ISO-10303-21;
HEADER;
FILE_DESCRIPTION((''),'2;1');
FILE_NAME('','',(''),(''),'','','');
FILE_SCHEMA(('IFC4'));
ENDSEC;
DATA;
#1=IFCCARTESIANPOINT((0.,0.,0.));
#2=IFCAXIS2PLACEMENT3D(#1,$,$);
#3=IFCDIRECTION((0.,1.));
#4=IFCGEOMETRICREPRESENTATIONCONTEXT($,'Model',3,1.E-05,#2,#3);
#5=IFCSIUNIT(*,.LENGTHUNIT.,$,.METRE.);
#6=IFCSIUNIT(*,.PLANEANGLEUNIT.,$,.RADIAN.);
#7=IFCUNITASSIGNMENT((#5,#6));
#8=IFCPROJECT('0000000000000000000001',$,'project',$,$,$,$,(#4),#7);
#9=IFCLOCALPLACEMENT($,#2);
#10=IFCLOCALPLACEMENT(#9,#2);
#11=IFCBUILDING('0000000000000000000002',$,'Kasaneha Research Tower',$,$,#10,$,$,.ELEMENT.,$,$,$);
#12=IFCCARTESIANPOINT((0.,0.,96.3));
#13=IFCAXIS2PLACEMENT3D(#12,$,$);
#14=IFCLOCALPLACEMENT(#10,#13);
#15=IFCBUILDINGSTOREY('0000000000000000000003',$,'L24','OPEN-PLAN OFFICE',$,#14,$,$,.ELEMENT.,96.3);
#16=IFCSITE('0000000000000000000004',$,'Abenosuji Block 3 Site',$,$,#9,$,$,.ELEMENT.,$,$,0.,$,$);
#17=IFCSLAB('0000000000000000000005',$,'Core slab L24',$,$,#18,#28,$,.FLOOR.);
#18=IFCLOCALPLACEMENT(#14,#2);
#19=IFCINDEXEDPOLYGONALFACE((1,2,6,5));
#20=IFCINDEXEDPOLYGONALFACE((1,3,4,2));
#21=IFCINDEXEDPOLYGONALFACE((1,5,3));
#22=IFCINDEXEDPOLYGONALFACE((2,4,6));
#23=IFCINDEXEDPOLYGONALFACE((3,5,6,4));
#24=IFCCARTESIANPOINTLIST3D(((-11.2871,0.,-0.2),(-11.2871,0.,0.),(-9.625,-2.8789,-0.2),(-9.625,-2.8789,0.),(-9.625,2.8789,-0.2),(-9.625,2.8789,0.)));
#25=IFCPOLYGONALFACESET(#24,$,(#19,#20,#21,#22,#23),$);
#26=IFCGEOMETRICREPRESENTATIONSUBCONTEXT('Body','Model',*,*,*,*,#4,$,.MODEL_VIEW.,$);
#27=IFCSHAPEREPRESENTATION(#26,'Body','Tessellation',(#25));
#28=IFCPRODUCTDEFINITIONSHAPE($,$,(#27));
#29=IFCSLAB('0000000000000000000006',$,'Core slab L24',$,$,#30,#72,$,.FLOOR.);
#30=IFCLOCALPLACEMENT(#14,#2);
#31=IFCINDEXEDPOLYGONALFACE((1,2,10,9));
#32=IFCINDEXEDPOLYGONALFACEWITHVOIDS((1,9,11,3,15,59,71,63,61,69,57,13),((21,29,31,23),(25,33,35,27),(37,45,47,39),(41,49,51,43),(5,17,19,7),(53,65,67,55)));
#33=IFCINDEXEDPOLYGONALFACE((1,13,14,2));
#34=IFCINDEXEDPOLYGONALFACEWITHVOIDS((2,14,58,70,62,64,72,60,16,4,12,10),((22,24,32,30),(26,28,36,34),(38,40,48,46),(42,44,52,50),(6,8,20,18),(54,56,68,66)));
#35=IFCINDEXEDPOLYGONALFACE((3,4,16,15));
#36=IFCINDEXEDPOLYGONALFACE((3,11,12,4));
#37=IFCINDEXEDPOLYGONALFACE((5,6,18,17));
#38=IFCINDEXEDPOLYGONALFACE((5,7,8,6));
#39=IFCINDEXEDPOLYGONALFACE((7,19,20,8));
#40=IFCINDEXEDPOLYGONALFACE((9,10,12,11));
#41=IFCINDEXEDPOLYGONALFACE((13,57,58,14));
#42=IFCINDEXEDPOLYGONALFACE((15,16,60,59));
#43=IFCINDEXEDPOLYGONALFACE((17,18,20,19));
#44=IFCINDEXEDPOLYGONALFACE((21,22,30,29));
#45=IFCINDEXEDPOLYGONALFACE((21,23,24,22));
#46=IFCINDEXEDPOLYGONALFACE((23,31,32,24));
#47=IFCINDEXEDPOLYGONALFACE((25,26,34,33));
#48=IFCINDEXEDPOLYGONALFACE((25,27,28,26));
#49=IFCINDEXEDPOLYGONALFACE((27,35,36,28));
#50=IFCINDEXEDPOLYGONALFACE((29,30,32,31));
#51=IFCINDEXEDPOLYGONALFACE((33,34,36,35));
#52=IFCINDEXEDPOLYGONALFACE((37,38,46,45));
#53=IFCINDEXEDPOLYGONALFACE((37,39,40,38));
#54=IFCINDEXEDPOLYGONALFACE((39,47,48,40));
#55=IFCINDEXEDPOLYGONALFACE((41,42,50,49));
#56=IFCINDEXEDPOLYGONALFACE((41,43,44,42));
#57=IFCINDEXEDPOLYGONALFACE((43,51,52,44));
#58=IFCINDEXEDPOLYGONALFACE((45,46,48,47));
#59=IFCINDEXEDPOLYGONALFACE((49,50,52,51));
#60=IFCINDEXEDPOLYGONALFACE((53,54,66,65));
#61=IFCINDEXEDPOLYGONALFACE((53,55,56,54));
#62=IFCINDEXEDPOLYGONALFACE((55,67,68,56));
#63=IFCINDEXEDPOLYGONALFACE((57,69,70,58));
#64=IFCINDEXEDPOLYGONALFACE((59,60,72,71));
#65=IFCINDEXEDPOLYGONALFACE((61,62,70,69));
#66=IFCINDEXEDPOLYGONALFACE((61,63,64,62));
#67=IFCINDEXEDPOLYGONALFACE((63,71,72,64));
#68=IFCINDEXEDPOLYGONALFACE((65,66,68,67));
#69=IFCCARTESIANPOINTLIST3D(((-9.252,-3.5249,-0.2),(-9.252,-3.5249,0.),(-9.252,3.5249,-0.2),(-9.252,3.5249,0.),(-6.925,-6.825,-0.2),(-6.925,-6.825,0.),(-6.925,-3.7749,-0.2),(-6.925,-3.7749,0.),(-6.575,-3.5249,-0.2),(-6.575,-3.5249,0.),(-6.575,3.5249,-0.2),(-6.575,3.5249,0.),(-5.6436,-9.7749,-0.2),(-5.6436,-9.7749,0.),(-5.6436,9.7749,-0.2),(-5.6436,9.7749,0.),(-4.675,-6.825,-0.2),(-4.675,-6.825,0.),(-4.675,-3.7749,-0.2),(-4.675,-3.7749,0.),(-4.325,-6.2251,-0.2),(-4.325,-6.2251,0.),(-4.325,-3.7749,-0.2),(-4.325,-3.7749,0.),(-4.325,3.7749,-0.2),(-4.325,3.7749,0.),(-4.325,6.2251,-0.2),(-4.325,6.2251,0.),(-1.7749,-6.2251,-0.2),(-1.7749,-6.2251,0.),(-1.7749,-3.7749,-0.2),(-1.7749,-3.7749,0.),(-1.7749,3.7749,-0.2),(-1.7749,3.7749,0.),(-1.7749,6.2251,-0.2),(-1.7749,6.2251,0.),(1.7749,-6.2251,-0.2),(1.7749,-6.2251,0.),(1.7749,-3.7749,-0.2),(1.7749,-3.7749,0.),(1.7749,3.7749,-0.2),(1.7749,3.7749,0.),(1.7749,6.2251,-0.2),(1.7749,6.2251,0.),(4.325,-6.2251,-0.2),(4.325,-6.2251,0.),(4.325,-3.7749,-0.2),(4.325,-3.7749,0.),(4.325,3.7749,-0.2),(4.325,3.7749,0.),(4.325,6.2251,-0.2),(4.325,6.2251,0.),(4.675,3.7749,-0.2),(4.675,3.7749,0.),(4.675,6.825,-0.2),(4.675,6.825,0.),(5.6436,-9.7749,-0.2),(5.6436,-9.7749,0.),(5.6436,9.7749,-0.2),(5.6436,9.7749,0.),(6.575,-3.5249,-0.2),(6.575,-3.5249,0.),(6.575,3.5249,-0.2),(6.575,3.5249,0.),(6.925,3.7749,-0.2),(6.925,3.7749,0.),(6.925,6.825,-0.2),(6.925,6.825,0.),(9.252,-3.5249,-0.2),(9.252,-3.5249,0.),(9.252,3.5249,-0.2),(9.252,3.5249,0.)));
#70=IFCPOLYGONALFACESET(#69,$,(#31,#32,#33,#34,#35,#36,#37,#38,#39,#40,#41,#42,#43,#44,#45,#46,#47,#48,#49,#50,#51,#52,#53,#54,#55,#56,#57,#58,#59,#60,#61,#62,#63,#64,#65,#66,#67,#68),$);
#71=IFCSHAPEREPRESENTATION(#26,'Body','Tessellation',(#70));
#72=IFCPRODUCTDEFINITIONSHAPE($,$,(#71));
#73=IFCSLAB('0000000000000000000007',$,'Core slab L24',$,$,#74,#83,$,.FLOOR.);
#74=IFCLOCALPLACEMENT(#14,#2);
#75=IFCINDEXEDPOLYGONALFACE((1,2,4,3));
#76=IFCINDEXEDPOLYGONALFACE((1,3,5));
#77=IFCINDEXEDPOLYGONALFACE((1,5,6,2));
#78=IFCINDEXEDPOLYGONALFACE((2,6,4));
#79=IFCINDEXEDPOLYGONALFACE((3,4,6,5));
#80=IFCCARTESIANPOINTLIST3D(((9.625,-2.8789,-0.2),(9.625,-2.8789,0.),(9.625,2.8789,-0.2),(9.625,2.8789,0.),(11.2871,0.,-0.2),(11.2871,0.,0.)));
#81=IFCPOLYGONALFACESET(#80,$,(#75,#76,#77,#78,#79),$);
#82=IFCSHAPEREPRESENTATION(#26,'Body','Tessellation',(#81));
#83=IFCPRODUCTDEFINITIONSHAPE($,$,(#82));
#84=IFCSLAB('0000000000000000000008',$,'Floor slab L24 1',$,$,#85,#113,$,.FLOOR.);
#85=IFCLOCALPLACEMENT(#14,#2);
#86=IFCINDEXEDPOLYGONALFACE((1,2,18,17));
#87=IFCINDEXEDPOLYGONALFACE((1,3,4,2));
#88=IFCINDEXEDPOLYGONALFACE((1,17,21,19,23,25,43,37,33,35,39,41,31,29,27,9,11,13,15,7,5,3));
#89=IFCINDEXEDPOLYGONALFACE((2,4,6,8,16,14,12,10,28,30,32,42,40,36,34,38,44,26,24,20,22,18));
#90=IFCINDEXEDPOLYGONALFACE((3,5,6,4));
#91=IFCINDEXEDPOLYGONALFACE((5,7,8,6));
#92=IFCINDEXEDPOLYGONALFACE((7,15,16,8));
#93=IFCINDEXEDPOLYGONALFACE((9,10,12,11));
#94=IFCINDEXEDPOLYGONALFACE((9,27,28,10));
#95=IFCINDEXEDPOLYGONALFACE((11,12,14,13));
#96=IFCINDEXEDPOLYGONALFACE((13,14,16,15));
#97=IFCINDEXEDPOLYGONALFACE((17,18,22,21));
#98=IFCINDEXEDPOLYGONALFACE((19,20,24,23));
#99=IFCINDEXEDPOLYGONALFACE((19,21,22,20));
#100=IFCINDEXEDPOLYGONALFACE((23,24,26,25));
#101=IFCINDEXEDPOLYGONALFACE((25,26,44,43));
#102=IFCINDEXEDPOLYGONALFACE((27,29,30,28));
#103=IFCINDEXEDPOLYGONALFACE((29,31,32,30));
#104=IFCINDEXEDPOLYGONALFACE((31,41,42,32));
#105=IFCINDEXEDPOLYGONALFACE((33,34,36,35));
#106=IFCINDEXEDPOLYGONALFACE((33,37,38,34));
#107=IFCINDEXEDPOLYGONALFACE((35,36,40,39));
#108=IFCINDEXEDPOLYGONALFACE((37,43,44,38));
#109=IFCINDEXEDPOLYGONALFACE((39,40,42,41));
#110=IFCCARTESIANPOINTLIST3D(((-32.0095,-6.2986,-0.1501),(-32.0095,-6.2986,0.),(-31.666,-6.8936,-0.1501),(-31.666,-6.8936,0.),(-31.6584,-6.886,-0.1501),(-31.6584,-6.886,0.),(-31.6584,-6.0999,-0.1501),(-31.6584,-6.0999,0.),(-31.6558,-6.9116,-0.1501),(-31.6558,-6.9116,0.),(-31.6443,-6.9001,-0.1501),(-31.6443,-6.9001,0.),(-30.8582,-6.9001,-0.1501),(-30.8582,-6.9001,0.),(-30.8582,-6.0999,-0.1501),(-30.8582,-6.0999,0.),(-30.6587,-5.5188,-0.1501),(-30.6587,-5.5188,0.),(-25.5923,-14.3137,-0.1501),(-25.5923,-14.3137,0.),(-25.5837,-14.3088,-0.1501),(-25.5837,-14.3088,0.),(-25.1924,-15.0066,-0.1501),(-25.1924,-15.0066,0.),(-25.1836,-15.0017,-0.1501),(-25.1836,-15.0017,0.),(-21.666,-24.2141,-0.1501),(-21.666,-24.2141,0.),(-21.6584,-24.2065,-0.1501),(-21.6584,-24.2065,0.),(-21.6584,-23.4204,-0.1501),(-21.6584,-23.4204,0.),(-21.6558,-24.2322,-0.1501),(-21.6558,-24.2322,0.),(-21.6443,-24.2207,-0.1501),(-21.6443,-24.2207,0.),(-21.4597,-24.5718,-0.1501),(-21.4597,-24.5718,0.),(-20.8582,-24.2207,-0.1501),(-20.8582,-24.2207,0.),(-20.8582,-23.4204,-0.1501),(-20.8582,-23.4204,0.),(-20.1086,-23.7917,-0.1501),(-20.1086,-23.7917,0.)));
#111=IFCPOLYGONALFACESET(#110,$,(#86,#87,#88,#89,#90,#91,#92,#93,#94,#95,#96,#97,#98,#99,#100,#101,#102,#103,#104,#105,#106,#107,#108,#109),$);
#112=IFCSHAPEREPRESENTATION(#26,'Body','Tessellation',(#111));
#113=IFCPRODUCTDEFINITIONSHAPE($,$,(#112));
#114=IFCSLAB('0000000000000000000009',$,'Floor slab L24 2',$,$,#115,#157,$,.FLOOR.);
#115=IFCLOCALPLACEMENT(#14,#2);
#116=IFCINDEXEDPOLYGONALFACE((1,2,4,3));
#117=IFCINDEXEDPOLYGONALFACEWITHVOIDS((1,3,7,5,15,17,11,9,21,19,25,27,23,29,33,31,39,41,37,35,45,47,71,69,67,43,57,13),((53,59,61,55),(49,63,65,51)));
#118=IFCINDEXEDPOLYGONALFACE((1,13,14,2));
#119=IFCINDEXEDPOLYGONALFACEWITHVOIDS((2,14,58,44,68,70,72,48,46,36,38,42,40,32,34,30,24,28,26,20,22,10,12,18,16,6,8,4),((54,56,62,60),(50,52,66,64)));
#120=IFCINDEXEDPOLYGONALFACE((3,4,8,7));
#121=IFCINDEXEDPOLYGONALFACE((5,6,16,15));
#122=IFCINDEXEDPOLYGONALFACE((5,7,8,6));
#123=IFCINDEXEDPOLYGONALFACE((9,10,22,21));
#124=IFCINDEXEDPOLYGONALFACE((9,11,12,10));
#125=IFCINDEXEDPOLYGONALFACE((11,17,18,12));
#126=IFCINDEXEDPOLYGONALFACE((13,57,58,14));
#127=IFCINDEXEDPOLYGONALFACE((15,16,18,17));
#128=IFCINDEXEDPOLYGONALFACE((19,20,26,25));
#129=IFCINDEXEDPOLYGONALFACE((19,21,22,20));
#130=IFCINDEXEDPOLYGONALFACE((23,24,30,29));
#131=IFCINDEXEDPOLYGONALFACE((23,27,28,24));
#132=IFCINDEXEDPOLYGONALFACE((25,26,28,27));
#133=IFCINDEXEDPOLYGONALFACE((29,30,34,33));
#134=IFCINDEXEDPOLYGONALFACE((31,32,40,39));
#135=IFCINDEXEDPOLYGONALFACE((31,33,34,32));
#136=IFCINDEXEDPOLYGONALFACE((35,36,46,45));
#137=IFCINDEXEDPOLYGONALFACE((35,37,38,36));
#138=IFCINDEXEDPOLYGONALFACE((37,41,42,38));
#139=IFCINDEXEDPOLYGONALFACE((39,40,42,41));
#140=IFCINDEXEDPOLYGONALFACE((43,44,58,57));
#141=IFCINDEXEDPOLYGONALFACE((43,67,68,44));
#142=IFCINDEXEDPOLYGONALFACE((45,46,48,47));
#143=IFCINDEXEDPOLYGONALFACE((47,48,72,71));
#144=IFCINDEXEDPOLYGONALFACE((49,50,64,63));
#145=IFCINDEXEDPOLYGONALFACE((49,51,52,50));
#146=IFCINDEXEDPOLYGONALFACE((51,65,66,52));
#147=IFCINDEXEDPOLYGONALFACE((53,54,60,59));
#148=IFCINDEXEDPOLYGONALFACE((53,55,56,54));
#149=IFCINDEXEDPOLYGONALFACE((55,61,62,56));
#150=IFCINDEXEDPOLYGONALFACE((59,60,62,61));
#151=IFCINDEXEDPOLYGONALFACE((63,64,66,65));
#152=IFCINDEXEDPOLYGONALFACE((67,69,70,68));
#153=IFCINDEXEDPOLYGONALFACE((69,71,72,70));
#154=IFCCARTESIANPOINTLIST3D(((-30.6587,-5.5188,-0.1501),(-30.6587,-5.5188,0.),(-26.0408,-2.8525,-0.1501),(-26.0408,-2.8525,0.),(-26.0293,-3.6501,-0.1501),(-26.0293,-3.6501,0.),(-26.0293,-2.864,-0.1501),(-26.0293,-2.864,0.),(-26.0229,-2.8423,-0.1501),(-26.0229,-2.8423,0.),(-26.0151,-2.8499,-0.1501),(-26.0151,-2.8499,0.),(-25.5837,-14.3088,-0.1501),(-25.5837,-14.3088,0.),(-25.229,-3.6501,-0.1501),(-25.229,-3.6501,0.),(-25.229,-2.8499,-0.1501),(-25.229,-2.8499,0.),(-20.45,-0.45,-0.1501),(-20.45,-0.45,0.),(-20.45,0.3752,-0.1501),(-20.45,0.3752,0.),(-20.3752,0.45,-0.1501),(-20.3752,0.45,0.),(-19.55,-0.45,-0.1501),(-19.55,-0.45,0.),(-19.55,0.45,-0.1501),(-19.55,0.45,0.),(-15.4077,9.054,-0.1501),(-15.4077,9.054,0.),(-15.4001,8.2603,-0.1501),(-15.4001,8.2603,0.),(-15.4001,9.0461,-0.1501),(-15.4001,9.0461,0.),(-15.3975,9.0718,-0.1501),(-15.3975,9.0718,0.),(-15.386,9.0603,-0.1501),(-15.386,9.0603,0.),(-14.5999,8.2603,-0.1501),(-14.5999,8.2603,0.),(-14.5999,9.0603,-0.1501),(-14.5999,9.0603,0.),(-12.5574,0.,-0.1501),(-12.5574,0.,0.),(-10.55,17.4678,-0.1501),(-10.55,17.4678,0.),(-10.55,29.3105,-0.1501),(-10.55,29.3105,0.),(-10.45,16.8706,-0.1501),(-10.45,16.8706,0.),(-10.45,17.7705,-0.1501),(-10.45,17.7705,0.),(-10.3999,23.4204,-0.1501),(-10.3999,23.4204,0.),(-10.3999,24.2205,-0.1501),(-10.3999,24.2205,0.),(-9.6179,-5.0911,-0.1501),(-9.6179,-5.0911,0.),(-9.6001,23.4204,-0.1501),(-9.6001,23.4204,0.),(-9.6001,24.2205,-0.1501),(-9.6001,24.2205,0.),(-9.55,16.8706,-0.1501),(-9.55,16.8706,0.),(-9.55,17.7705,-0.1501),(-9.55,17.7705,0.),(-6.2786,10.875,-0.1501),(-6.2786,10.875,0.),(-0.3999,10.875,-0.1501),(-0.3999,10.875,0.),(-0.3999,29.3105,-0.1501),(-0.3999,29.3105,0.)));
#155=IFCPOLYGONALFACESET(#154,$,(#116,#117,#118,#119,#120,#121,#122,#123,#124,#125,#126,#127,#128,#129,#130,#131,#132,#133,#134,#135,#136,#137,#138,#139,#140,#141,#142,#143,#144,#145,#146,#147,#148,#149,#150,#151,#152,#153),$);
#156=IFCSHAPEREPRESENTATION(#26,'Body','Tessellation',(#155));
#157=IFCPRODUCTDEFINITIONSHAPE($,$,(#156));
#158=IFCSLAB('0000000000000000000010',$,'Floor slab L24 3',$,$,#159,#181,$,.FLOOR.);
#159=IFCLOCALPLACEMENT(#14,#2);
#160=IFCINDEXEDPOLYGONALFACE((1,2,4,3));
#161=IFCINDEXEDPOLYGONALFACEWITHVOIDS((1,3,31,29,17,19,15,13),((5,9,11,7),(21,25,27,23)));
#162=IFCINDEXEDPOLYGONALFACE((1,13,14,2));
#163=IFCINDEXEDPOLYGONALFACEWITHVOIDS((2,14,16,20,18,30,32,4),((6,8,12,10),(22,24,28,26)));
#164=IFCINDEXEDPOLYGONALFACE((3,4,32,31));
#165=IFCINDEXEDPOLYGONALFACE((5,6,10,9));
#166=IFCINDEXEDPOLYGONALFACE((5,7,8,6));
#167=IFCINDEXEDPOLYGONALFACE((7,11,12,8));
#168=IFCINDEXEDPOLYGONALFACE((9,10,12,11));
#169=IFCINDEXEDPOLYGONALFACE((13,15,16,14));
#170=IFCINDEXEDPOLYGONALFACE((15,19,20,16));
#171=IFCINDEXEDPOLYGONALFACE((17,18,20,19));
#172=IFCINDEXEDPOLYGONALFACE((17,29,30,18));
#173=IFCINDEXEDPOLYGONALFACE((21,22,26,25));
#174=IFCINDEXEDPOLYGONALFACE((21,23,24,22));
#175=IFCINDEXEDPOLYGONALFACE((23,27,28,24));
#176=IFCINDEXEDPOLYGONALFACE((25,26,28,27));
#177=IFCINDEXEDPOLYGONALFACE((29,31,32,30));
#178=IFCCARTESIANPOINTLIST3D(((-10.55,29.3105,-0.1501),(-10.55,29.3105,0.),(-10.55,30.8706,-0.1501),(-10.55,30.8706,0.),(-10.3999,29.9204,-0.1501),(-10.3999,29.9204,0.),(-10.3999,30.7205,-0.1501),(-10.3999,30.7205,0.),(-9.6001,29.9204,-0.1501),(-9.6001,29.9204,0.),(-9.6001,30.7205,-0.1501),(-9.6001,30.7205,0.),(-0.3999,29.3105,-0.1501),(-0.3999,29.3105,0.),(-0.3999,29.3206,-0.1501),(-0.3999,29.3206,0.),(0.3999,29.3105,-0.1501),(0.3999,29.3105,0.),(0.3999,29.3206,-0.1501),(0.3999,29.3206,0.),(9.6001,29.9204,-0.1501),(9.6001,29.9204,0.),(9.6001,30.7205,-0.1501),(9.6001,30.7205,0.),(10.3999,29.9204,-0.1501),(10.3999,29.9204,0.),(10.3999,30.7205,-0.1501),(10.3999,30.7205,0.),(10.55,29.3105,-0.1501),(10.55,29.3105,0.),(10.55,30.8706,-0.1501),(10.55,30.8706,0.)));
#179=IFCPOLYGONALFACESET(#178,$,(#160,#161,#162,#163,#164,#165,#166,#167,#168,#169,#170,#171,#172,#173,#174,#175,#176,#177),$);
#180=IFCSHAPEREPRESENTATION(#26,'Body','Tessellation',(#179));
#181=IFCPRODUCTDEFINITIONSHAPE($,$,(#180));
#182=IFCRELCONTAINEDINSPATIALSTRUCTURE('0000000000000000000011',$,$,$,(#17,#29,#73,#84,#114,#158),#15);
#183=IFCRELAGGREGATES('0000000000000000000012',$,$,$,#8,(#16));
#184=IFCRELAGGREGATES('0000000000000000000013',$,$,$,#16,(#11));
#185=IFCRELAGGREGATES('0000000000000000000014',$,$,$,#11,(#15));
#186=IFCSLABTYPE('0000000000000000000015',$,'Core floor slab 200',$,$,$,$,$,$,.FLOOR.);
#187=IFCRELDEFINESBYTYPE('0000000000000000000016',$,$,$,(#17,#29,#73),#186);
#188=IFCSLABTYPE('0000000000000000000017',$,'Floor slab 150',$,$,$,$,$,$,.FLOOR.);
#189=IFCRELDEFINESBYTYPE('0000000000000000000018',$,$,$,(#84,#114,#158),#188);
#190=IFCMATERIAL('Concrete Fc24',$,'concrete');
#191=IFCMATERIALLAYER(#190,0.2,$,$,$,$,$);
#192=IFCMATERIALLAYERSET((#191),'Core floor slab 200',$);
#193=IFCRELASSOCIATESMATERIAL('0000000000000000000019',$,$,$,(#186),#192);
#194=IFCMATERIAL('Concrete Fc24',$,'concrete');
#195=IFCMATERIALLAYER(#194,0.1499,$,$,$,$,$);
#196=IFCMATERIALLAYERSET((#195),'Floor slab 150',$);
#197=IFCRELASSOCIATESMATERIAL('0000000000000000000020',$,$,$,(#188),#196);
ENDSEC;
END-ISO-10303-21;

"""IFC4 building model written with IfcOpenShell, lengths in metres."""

from ifc_helpers import new_model, si_unit, direction, frame, origin, place, context, subcontext, project, spatial, polyline, outline, extrude, material, layer, layer_set, type_object, element, save


model = new_model("IFC4")

# Units and contexts
model_context = context("Model", 3, precision=1e-05, world=origin(), true_north=direction((0.0, 1.0)))
body_context = subcontext(model_context, "Body", "Model", "MODEL_VIEW")
ifc_project = project(units=[si_unit("LENGTHUNIT", "METRE"), si_unit("PLANEANGLEUNIT", "RADIAN")], contexts=[model_context])

# Site, building, storey
site_placement = place(None, origin())
site = spatial("IfcSite", under=ifc_project, at=site_placement, Name="Abenosuji Block 3 Site", CompositionType="ELEMENT", RefElevation=0.0)
building_placement = place(site_placement, origin())
building = spatial("IfcBuilding", under=site, at=building_placement, Name="Kasaneha Research Tower", CompositionType="ELEMENT")
storey_placement = place(building_placement, frame((0.0, 0.0, 96.3)))
storey = spatial("IfcBuildingStorey", under=building, at=storey_placement, Name="L24", Description="OPEN-PLAN OFFICE", CompositionType="ELEMENT", Elevation=96.3)

# Slabs
ifc_material_1 = material(Name="Concrete Fc24", Category="concrete")
ifc_layer_1 = layer(ifc_material_1, 0.2)
ifc_layer_set_1 = layer_set([ifc_layer_1], Name="Core floor slab 200")
slab_type_1 = type_object("IfcSlabType", Name="Core floor slab 200", PredefinedType="FLOOR", material=ifc_layer_set_1)
slab_1_placement = place(storey_placement, frame((0.0, 0.0, -0.2)))
element("IfcSlab", 1, at=slab_1_placement, inside=storey, type_object=slab_type_1, Name="Core slab L24", PredefinedType="FLOOR", context=body_context, shape_type="SweptSolid", body=[
    extrude(outline(polyline([(-11.2871, 0.0), (-9.625, 2.8789), (-9.625, -2.8789), (-11.2871, 0.0)])), origin(), (0.0, 0.0, 1.0), 0.2),
])
slab_2_placement = place(storey_placement, frame((0.0, 0.0, -0.2)))
element("IfcSlab", 2, at=slab_2_placement, inside=storey, type_object=slab_type_1, Name="Core slab L24", PredefinedType="FLOOR", context=body_context, shape_type="SweptSolid", body=[
    extrude(outline(polyline([(-5.6436, 9.7749), (5.6436, 9.7749), (9.252, 3.5249), (6.575, 3.5249), (6.575, -3.5249), (9.252, -3.5249), (5.6436, -9.7749), (-5.6436, -9.7749), (-9.252, -3.5249), (-6.575, -3.5249), (-6.575, 3.5249), (-9.252, 3.5249), (-5.6436, 9.7749)]), holes=[polyline([(-6.925, -3.7749), (-6.925, -6.825), (-4.675, -6.825), (-4.675, -3.7749), (-6.925, -3.7749)]), polyline([(-4.325, -3.7749), (-4.325, -6.2251), (-1.7749, -6.2251), (-1.7749, -3.7749), (-4.325, -3.7749)]), polyline([(1.7749, -3.7749), (1.7749, -6.2251), (4.325, -6.2251), (4.325, -3.7749), (1.7749, -3.7749)]), polyline([(-4.325, 6.2251), (-4.325, 3.7749), (-1.7749, 3.7749), (-1.7749, 6.2251), (-4.325, 6.2251)]), polyline([(1.7749, 6.2251), (1.7749, 3.7749), (4.325, 3.7749), (4.325, 6.2251), (1.7749, 6.2251)]), polyline([(4.675, 6.825), (4.675, 3.7749), (6.925, 3.7749), (6.925, 6.825), (4.675, 6.825)])]), origin(), (0.0, 0.0, 1.0), 0.2),
])
slab_3_placement = place(storey_placement, frame((0.0, 0.0, -0.2)))
element("IfcSlab", 3, at=slab_3_placement, inside=storey, type_object=slab_type_1, Name="Core slab L24", PredefinedType="FLOOR", context=body_context, shape_type="SweptSolid", body=[
    extrude(outline(polyline([(11.2871, 0.0), (9.625, -2.8789), (9.625, 2.8789), (11.2871, 0.0)])), origin(), (0.0, 0.0, 1.0), 0.2),
])
ifc_material_2 = material(Name="Concrete Fc24", Category="concrete")
ifc_layer_2 = layer(ifc_material_2, 0.1499)
ifc_layer_set_2 = layer_set([ifc_layer_2], Name="Floor slab 150")
slab_type_2 = type_object("IfcSlabType", Name="Floor slab 150", PredefinedType="FLOOR", material=ifc_layer_set_2)
slab_4_placement = place(storey_placement, frame((0.0, 0.0, -0.1501)))
element("IfcSlab", 4, at=slab_4_placement, inside=storey, type_object=slab_type_2, Name="Floor slab L24 1", PredefinedType="FLOOR", context=body_context, shape_type="SweptSolid", body=[
    extrude(outline(polyline([(-25.1924, -15.0066), (-25.1836, -15.0017), (-20.1086, -23.7917), (-21.4597, -24.5718), (-21.6558, -24.2322), (-21.6443, -24.2207), (-20.8582, -24.2207), (-20.8582, -23.4204), (-21.6584, -23.4204), (-21.6584, -24.2065), (-21.666, -24.2141), (-31.6558, -6.9116), (-31.6443, -6.9001), (-30.8582, -6.9001), (-30.8582, -6.0999), (-31.6584, -6.0999), (-31.6584, -6.886), (-31.666, -6.8936), (-32.0095, -6.2986), (-30.6587, -5.5188), (-25.5837, -14.3088), (-25.5923, -14.3137), (-25.1924, -15.0066)])), origin(), (0.0, 0.0, 1.0), 0.1501),
])
slab_5_placement = place(storey_placement, frame((0.0, 0.0, -0.1501)))
element("IfcSlab", 5, at=slab_5_placement, inside=storey, type_object=slab_type_2, Name="Floor slab L24 2", PredefinedType="FLOOR", context=body_context, shape_type="SweptSolid", body=[
    extrude(outline(polyline([(-20.3752, 0.45), (-15.4077, 9.054), (-15.4001, 9.0461), (-15.4001, 8.2603), (-14.5999, 8.2603), (-14.5999, 9.0603), (-15.386, 9.0603), (-15.3975, 9.0718), (-10.55, 17.4678), (-10.55, 29.3105), (-0.3999, 29.3105), (-0.3999, 10.875), (-6.2786, 10.875), (-12.5574, 0.0), (-9.6179, -5.0911), (-25.5837, -14.3088), (-30.6587, -5.5188), (-26.0408, -2.8525), (-26.0293, -2.864), (-26.0293, -3.6501), (-25.229, -3.6501), (-25.229, -2.8499), (-26.0151, -2.8499), (-26.0229, -2.8423), (-20.45, 0.3752), (-20.45, -0.45), (-19.55, -0.45), (-19.55, 0.45), (-20.3752, 0.45)]), holes=[polyline([(-9.55, 17.7705), (-10.45, 17.7705), (-10.45, 16.8706), (-9.55, 16.8706), (-9.55, 17.7705)]), polyline([(-9.6001, 23.4204), (-9.6001, 24.2205), (-10.3999, 24.2205), (-10.3999, 23.4204), (-9.6001, 23.4204)])]), origin(), (0.0, 0.0, 1.0), 0.1501),
])
slab_6_placement = place(storey_placement, frame((0.0, 0.0, -0.1501)))
element("IfcSlab", 6, at=slab_6_placement, inside=storey, type_object=slab_type_2, Name="Floor slab L24 3", PredefinedType="FLOOR", context=body_context, shape_type="SweptSolid", body=[
    extrude(outline(polyline([(10.55, 29.3105), (0.3999, 29.3105), (0.3999, 29.3206), (-0.3999, 29.3206), (-0.3999, 29.3105), (-10.55, 29.3105), (-10.55, 30.8706), (10.55, 30.8706), (10.55, 29.3105)]), holes=[polyline([(-9.6001, 30.7205), (-10.3999, 30.7205), (-10.3999, 29.9204), (-9.6001, 29.9204), (-9.6001, 30.7205)]), polyline([(10.3999, 29.9204), (10.3999, 30.7205), (9.6001, 30.7205), (9.6001, 29.9204), (10.3999, 29.9204)])]), origin(), (0.0, 0.0, 1.0), 0.1501),
])

save(model, "model.ifc")
